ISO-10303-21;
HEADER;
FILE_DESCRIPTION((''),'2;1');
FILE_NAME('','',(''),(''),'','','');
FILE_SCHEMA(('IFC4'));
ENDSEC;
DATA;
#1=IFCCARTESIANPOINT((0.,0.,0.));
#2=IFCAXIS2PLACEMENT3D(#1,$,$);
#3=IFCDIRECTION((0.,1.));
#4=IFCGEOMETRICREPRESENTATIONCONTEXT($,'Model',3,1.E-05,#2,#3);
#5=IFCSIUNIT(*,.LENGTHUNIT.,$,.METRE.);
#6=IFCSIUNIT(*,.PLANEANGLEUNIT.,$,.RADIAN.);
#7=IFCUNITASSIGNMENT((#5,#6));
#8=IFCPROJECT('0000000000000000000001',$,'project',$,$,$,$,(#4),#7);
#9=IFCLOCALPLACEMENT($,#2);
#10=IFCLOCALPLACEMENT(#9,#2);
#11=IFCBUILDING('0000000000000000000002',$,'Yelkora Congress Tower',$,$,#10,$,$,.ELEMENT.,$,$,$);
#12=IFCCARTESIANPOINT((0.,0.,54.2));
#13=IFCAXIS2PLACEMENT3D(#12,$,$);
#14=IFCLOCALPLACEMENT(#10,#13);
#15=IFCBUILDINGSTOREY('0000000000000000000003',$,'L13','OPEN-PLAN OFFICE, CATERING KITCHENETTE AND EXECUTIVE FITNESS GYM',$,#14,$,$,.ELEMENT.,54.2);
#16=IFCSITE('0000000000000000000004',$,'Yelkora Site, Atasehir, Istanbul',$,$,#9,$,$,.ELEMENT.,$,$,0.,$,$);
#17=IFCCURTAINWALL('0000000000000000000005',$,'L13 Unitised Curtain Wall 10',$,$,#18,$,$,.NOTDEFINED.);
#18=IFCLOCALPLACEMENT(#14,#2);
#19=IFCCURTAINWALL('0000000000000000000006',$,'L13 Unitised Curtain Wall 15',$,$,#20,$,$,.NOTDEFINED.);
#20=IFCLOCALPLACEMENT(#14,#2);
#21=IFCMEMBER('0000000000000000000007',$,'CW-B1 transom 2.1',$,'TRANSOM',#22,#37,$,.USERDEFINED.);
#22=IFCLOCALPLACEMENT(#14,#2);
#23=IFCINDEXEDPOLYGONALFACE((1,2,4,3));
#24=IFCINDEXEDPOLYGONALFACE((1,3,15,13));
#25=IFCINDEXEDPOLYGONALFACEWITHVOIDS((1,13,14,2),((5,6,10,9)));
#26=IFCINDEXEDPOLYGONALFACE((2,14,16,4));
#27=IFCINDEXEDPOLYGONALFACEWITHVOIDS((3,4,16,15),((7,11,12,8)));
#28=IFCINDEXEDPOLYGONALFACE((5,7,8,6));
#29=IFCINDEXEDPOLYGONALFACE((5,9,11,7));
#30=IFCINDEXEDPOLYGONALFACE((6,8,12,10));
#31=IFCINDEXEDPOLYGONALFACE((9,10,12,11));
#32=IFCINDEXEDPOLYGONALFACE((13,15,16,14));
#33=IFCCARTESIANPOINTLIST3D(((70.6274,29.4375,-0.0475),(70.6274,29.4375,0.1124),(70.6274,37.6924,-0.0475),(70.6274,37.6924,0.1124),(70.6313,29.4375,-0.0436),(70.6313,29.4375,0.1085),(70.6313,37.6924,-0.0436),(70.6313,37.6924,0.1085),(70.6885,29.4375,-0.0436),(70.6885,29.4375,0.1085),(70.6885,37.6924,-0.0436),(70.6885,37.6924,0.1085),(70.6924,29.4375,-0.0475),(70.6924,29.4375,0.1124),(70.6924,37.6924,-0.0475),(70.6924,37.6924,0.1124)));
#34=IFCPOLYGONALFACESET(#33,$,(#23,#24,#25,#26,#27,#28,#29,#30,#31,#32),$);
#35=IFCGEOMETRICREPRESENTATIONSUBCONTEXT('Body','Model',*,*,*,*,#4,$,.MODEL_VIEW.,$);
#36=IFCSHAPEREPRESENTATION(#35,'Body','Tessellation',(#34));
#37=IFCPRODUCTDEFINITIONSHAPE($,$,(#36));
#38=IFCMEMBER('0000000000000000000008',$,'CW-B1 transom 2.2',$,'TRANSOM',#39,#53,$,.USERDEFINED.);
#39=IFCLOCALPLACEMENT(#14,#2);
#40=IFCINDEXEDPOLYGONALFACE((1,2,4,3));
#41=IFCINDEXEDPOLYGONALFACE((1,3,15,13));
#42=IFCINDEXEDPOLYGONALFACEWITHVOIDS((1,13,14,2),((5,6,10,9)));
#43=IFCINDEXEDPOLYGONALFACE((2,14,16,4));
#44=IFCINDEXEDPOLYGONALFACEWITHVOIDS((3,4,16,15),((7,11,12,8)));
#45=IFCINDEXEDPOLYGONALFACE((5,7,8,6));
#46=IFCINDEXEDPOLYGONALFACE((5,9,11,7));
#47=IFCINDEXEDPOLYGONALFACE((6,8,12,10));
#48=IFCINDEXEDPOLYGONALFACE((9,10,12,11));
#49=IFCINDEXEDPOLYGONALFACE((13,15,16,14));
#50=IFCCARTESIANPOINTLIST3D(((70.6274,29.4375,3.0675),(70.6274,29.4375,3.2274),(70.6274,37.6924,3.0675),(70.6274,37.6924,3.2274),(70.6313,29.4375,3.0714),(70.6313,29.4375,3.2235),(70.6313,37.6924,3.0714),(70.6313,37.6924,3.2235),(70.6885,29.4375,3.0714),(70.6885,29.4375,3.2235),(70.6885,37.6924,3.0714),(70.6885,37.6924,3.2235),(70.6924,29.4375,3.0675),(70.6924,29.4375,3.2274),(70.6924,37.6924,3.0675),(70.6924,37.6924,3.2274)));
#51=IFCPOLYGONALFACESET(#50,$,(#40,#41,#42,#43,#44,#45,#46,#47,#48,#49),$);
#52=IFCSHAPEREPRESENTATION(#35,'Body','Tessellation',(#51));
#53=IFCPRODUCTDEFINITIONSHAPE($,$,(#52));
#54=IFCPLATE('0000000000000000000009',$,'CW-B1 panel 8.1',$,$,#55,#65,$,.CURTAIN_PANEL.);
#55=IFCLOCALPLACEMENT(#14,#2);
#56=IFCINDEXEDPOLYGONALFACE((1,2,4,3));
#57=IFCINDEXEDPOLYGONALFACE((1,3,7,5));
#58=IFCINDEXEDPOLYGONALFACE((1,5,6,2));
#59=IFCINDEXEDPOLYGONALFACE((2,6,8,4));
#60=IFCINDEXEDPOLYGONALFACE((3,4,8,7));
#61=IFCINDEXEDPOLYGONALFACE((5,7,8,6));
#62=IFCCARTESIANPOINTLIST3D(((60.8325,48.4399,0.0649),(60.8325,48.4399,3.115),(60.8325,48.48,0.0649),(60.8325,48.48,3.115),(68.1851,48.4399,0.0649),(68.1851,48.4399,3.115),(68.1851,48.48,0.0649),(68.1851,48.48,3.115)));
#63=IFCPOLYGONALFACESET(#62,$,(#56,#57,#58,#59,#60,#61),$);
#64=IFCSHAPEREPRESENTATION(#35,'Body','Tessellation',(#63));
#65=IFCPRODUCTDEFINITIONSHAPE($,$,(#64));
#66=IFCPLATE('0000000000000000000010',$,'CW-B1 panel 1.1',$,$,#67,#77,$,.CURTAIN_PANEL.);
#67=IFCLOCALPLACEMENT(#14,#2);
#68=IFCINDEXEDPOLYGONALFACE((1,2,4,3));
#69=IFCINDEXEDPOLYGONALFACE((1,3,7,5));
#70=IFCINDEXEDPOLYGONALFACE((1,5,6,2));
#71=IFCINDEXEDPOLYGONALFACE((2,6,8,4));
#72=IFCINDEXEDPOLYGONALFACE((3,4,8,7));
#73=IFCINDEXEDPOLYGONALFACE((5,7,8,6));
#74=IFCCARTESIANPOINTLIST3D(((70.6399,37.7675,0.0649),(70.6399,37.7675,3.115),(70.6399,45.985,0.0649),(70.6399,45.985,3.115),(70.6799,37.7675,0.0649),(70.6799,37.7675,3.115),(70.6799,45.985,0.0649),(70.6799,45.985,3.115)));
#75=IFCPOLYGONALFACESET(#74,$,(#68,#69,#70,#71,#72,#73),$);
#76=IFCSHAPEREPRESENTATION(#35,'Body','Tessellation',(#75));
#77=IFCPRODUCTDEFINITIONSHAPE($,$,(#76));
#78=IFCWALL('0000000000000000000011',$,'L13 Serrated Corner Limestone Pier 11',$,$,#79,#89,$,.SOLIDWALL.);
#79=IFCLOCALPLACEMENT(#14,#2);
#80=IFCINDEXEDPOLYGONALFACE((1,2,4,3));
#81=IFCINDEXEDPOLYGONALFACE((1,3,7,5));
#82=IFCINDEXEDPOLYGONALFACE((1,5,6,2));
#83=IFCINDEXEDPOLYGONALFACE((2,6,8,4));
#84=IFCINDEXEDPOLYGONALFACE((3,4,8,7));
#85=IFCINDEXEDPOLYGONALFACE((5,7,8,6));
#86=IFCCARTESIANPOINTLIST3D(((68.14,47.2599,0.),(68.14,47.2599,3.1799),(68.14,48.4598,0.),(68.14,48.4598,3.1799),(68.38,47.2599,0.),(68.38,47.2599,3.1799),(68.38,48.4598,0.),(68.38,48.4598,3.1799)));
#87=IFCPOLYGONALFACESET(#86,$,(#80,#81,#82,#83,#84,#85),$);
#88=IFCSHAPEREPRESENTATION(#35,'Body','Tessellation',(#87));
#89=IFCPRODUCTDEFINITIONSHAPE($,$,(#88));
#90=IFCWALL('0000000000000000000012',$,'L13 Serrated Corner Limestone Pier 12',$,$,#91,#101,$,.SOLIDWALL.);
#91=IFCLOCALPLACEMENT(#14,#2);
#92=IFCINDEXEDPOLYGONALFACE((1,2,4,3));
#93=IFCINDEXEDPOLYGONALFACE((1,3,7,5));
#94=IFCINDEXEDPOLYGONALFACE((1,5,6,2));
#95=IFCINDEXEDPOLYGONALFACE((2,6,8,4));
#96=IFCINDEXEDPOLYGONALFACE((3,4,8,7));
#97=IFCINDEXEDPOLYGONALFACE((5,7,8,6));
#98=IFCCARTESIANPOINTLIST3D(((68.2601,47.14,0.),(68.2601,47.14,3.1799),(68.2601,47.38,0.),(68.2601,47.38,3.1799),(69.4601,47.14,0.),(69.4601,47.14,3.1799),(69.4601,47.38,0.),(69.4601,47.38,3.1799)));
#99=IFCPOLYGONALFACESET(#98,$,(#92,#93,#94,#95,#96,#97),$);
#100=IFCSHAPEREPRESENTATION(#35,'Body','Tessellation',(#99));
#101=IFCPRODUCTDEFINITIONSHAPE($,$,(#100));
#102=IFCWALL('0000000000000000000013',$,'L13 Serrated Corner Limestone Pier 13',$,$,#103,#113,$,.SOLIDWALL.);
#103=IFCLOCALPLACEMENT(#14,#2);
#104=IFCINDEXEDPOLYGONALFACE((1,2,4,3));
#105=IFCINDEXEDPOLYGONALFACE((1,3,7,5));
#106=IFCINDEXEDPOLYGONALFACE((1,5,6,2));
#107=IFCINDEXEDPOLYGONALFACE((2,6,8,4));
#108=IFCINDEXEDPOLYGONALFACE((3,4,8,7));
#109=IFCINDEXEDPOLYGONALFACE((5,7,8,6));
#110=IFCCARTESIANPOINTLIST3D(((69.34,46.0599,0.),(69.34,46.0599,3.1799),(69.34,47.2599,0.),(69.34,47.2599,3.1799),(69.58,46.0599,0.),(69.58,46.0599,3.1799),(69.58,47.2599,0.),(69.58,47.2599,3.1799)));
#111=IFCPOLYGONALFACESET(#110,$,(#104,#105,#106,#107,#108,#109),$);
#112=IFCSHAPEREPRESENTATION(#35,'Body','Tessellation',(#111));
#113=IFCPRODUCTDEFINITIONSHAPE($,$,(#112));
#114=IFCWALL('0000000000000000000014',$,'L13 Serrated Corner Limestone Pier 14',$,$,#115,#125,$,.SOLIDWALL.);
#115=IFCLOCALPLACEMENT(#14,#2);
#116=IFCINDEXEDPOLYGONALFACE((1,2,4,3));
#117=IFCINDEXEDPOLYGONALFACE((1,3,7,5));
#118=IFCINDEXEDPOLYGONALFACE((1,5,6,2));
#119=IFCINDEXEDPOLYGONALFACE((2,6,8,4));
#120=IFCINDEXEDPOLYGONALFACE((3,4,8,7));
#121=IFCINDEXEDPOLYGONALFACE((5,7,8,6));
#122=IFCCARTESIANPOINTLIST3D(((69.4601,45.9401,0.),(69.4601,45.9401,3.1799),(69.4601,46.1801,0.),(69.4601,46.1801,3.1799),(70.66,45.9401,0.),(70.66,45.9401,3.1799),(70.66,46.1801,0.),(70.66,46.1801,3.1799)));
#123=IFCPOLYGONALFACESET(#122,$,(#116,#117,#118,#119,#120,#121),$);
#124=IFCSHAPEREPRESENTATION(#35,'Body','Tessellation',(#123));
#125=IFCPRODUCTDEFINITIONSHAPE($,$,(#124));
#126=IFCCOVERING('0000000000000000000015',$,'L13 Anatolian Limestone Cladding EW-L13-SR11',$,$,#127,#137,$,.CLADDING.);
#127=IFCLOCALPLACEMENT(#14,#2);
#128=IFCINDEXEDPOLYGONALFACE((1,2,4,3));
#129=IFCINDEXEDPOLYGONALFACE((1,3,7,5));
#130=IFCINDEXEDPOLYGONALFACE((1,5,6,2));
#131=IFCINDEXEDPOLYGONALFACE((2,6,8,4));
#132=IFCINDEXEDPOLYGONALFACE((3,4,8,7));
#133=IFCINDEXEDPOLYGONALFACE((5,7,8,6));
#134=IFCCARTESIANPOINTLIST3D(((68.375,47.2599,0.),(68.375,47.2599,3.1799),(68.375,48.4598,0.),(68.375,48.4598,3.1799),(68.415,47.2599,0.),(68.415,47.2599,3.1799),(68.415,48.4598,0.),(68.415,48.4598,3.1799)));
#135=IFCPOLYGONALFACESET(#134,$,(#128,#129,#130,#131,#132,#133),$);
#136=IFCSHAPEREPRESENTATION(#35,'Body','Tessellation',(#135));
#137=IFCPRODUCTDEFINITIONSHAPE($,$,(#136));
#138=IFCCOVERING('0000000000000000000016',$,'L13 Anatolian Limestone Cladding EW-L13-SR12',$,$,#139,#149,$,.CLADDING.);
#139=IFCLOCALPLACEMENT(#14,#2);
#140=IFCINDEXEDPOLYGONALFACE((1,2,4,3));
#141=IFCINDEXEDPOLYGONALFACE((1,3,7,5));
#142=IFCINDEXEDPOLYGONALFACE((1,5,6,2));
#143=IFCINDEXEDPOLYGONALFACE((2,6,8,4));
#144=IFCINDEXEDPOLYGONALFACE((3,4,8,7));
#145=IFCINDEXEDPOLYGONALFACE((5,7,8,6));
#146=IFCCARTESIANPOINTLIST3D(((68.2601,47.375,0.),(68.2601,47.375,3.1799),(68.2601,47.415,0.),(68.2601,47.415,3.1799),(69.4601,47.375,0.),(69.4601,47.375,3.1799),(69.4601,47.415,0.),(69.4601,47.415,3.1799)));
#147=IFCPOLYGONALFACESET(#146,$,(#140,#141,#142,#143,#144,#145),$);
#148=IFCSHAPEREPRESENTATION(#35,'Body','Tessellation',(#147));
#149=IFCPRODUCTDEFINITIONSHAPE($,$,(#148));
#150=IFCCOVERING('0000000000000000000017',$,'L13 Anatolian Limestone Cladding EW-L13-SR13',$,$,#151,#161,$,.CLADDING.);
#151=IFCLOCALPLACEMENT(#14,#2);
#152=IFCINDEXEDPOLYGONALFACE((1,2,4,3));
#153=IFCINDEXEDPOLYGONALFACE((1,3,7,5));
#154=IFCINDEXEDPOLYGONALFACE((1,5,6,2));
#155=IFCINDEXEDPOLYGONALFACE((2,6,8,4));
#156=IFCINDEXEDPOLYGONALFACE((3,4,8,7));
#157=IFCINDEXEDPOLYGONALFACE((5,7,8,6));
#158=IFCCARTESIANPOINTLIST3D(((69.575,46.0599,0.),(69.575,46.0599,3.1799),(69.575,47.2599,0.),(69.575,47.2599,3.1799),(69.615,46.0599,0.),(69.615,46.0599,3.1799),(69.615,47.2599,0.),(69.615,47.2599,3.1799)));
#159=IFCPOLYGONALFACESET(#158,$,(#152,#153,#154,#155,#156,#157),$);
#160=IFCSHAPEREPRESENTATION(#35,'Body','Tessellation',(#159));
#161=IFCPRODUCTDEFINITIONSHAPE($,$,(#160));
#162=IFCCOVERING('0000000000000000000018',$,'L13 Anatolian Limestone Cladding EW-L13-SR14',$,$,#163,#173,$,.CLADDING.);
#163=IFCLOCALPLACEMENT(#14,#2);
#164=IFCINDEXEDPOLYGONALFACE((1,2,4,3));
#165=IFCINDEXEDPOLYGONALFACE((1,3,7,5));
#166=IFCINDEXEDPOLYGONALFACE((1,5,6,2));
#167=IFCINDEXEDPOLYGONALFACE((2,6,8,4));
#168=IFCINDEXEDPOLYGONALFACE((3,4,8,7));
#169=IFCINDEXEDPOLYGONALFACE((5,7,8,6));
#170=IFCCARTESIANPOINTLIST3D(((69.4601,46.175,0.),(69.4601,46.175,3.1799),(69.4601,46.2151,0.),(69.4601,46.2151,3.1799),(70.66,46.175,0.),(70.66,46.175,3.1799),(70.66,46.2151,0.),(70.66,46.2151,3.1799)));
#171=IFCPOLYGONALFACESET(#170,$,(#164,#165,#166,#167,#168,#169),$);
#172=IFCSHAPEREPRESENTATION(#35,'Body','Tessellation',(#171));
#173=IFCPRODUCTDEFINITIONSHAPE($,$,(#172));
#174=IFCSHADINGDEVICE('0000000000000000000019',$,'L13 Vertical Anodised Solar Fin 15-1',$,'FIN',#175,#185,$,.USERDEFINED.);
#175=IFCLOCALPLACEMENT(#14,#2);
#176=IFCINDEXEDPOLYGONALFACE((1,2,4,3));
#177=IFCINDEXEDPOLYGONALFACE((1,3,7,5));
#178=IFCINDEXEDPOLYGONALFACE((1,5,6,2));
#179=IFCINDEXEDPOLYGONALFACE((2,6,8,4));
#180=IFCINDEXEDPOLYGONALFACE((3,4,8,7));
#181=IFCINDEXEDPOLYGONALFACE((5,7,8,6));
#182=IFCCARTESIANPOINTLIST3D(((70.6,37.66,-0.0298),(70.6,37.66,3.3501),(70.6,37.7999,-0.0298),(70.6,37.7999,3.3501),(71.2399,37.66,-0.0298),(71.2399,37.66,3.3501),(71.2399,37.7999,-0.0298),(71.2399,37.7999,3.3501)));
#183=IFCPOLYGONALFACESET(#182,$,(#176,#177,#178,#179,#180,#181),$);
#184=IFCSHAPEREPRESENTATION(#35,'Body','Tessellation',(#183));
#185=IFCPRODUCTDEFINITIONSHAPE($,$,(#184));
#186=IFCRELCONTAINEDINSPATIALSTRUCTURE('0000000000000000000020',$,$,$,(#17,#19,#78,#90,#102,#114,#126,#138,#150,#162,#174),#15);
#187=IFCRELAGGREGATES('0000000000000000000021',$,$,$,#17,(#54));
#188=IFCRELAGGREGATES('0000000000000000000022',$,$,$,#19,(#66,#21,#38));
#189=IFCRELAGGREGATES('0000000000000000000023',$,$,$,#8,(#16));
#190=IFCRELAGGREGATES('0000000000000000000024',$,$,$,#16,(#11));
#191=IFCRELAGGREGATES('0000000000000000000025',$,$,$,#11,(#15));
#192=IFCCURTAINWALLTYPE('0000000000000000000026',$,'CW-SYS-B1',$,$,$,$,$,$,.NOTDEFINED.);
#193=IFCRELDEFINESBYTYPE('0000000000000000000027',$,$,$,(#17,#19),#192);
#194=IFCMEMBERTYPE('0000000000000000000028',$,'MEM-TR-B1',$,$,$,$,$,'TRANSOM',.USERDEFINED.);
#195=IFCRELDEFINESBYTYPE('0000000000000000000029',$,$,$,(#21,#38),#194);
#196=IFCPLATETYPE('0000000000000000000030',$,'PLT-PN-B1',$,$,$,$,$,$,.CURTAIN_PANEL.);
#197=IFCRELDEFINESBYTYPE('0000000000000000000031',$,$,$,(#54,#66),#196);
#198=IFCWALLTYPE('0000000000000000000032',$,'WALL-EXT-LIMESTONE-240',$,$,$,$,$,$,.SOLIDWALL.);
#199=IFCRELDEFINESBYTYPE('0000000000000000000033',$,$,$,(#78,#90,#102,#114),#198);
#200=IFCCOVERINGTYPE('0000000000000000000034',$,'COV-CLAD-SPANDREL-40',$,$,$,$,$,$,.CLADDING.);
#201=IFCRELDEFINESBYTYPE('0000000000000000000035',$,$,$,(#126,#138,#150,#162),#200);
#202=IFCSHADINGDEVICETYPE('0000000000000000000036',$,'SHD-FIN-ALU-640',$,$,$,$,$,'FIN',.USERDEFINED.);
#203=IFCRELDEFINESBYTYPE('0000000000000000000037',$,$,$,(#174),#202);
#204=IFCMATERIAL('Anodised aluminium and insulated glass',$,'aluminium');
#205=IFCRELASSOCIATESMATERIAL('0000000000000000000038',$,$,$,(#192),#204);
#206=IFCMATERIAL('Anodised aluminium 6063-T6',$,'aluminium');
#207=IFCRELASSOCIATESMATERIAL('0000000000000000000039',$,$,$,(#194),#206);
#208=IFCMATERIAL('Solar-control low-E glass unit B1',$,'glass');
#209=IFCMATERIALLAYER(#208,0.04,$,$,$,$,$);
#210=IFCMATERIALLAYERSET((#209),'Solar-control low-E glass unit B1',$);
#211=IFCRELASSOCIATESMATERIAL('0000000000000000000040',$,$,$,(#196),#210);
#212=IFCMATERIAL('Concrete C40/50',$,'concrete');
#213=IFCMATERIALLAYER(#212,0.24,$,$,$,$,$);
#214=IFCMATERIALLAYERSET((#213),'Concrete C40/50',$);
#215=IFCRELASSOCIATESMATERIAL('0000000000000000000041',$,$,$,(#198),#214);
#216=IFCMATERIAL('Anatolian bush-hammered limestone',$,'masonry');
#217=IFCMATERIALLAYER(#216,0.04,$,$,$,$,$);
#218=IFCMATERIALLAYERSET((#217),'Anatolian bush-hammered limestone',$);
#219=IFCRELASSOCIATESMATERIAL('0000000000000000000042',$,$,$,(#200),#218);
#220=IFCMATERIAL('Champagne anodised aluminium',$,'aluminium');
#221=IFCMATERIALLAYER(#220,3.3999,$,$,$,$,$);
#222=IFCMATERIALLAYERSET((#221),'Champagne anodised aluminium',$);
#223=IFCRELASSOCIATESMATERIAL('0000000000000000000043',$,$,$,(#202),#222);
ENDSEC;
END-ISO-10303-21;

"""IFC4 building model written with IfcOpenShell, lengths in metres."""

from ifc_helpers import new_model, si_unit, direction, frame, frame_2d, origin, origin_2d, place, context, subcontext, project, spatial, rectangle, hollow_rectangle, extrude, material, layer, layer_set, material_profile, profile_set, type_object, element, aggregate, save


model = new_model("IFC4")

# Units and contexts
model_context = context("Model", 3, precision=1e-05, world=origin(), true_north=direction((0.0, 1.0)))
body_context = subcontext(model_context, "Body", "Model", "MODEL_VIEW")
ifc_project = project(units=[si_unit("LENGTHUNIT", "METRE"), si_unit("PLANEANGLEUNIT", "RADIAN")], contexts=[model_context])

# Site, building, storey
site_placement = place(None, origin())
site = spatial("IfcSite", under=ifc_project, at=site_placement, Name="Yelkora Site, Atasehir, Istanbul", CompositionType="ELEMENT", RefElevation=0.0)
building_placement = place(site_placement, origin())
building = spatial("IfcBuilding", under=site, at=building_placement, Name="Yelkora Congress Tower", CompositionType="ELEMENT")
storey_placement = place(building_placement, frame((0.0, 0.0, 54.2)))
storey = spatial("IfcBuildingStorey", under=building, at=storey_placement, Name="L13", Description="OPEN-PLAN OFFICE, CATERING KITCHENETTE AND EXECUTIVE FITNESS GYM", CompositionType="ELEMENT", Elevation=54.2)

# Curtain wall
ifc_material_1 = material(Name="Anodised aluminium and insulated glass", Category="aluminium")
curtain_wall_type = type_object("IfcCurtainWallType", Name="CW-SYS-B1", PredefinedType="NOTDEFINED", material=ifc_material_1)
curtain_wall_1_placement = place(storey_placement, origin())
curtain_wall_1 = element("IfcCurtainWall", 1, at=curtain_wall_1_placement, inside=storey, type_object=curtain_wall_type, Name="L13 Unitised Curtain Wall 10", PredefinedType="NOTDEFINED")
ifc_material_2 = material(Name="Anodised aluminium 6063-T6", Category="aluminium")

# Curtain wall, members
curtain_wall_2_placement = place(storey_placement, origin())
curtain_wall_2 = element("IfcCurtainWall", 2, at=curtain_wall_2_placement, inside=storey, type_object=curtain_wall_type, Name="L13 Unitised Curtain Wall 15", PredefinedType="NOTDEFINED")
ifc_material_profile_1 = material_profile(ifc_material_2, hollow_rectangle(XDim=0.0649, YDim=0.1599, WallThickness=0.0039, at=origin_2d()), Name="ALU 65x160x4")
ifc_profile_set_1 = profile_set([ifc_material_profile_1], Name="Anodised aluminium 6063-T6")
member_type_1 = type_object("IfcMemberType", Name="MEM-TR-B1", ElementType="TRANSOM", PredefinedType="USERDEFINED", material=ifc_profile_set_1)
member_1_placement = place(storey_placement, frame((70.6599, 37.6924, 0.0325), z_axis=(0.0, -1.0, 0.0), x_axis=(1.0, 0.0, 0.0)))
member_1 = element("IfcMember", 3, at=member_1_placement, type_object=member_type_1, Name="CW-B1 transom 2.1", ObjectType="TRANSOM", PredefinedType="USERDEFINED", context=body_context, shape_type="SweptSolid", body=[
    extrude(hollow_rectangle(XDim=0.0649, YDim=0.1599, WallThickness=0.0039, at=origin_2d()), origin(), (0.0, 0.0, 1.0), 8.2549),
])
member_2_placement = place(storey_placement, frame((70.6599, 37.6924, 3.1475), z_axis=(0.0, -1.0, 0.0), x_axis=(1.0, 0.0, 0.0)))
member_2 = element("IfcMember", 4, at=member_2_placement, type_object=member_type_1, Name="CW-B1 transom 2.2", ObjectType="TRANSOM", PredefinedType="USERDEFINED", context=body_context, shape_type="SweptSolid", body=[
    extrude(hollow_rectangle(XDim=0.0649, YDim=0.1599, WallThickness=0.0039, at=origin_2d()), origin(), (0.0, 0.0, 1.0), 8.2549),
])

# Plates
ifc_material_3 = material(Name="Solar-control low-E glass unit B1", Category="glass")
ifc_layer_1 = layer(ifc_material_3, 0.04)
ifc_layer_set_1 = layer_set([ifc_layer_1], Name="Solar-control low-E glass unit B1")
plate_type = type_object("IfcPlateType", Name="PLT-PN-B1", PredefinedType="CURTAIN_PANEL", material=ifc_layer_set_1)
plate_1_placement = place(storey_placement, frame((64.5088, 48.46, 0.0649), z_axis=(0.0, 0.0, 1.0), x_axis=(1.0, 0.0, 0.0)))
plate_1 = element("IfcPlate", 5, at=plate_1_placement, type_object=plate_type, Name="CW-B1 panel 8.1", PredefinedType="CURTAIN_PANEL", context=body_context, shape_type="SweptSolid", body=[
    extrude(rectangle(XDim=7.3525, YDim=0.04, at=origin_2d()), origin(), (0.0, 0.0, 1.0), 3.05),
])
aggregate(curtain_wall_1, [plate_1])
plate_2_placement = place(storey_placement, frame((70.6599, 41.8762, 0.0649), z_axis=(0.0, 0.0, 1.0), x_axis=(0.0, -1.0, 0.0)))
plate_2 = element("IfcPlate", 6, at=plate_2_placement, type_object=plate_type, Name="CW-B1 panel 1.1", PredefinedType="CURTAIN_PANEL", context=body_context, shape_type="SweptSolid", body=[
    extrude(rectangle(XDim=8.2175, YDim=0.04, at=origin_2d()), origin(), (0.0, 0.0, 1.0), 3.05),
])
aggregate(curtain_wall_2, [plate_2, member_1, member_2])

# Walls
ifc_material_4 = material(Name="Concrete C40/50", Category="concrete")
ifc_layer_2 = layer(ifc_material_4, 0.24)
ifc_layer_set_2 = layer_set([ifc_layer_2], Name="Concrete C40/50")
wall_type = type_object("IfcWallType", Name="WALL-EXT-LIMESTONE-240", PredefinedType="SOLIDWALL", material=ifc_layer_set_2)
for number, where, z_axis, x_axis, name in (
    (7, (68.26, 48.46, 0.0), (0.0, 0.0, 1.0), (0.0, -1.0, 0.0), "L13 Serrated Corner Limestone Pier 11"),
    (8, (68.26, 47.26, 0.0), (0.0, 0.0, 1.0), (1.0, 0.0, 0.0), "L13 Serrated Corner Limestone Pier 12"),
    (9, (69.46, 47.26, 0.0), (0.0, 0.0, 1.0), (0.0, -1.0, 0.0), "L13 Serrated Corner Limestone Pier 13"),
    (10, (69.46, 46.0601, 0.0), (0.0, 0.0, 1.0), (1.0, 0.0, 0.0), "L13 Serrated Corner Limestone Pier 14"),
):
    element("IfcWall", number, at=place(storey_placement, frame(where, z_axis=z_axis, x_axis=x_axis)), inside=storey, type_object=wall_type, Name=name, PredefinedType="SOLIDWALL", context=body_context, shape_type="SweptSolid", body=[
        extrude(rectangle(XDim=1.2, YDim=0.24, at=frame_2d((0.6001, 0.0))), origin(), (0.0, 0.0, 1.0), 3.1799),
    ])

# Coverings
ifc_material_5 = material(Name="Anatolian bush-hammered limestone", Category="masonry")
ifc_layer_3 = layer(ifc_material_5, 0.04)
ifc_layer_set_3 = layer_set([ifc_layer_3], Name="Anatolian bush-hammered limestone")
covering_type = type_object("IfcCoveringType", Name="COV-CLAD-SPANDREL-40", PredefinedType="CLADDING", material=ifc_layer_set_3)
for number, where, z_axis, x_axis, name in (
    (11, (68.395, 48.46, 0.0), (0.0, 0.0, 1.0), (0.0, -1.0, 0.0), "L13 Anatolian Limestone Cladding EW-L13-SR11"),
    (12, (68.26, 47.395, 0.0), (0.0, 0.0, 1.0), (1.0, 0.0, 0.0), "L13 Anatolian Limestone Cladding EW-L13-SR12"),
    (13, (69.595, 47.26, 0.0), (0.0, 0.0, 1.0), (0.0, -1.0, 0.0), "L13 Anatolian Limestone Cladding EW-L13-SR13"),
    (14, (69.46, 46.1951, 0.0), (0.0, 0.0, 1.0), (1.0, 0.0, 0.0), "L13 Anatolian Limestone Cladding EW-L13-SR14"),
):
    element("IfcCovering", number, at=place(storey_placement, frame(where, z_axis=z_axis, x_axis=x_axis)), inside=storey, type_object=covering_type, Name=name, PredefinedType="CLADDING", context=body_context, shape_type="SweptSolid", body=[
        extrude(rectangle(XDim=1.2, YDim=0.04, at=frame_2d((0.6001, 0.0))), origin(), (0.0, 0.0, 1.0), 3.1799),
    ])

# Shading device
ifc_material_6 = material(Name="Champagne anodised aluminium", Category="aluminium")
ifc_layer_4 = layer(ifc_material_6, 3.3999)
ifc_layer_set_4 = layer_set([ifc_layer_4], Name="Champagne anodised aluminium")
shading_device_type = type_object("IfcShadingDeviceType", Name="SHD-FIN-ALU-640", ElementType="FIN", PredefinedType="USERDEFINED", material=ifc_layer_set_4)
shading_device_placement = place(storey_placement, frame((70.9199, 37.73, -0.0298), z_axis=(0.0, 0.0, 1.0), x_axis=(0.0, -1.0, 0.0)))
element("IfcShadingDevice", 15, at=shading_device_placement, inside=storey, type_object=shading_device_type, Name="L13 Vertical Anodised Solar Fin 15-1", ObjectType="FIN", PredefinedType="USERDEFINED", context=body_context, shape_type="SweptSolid", body=[
    extrude(rectangle(XDim=0.1399, YDim=0.6399, at=origin_2d()), origin(), (0.0, 0.0, 1.0), 3.3799),
])

save(model, "model.ifc")
